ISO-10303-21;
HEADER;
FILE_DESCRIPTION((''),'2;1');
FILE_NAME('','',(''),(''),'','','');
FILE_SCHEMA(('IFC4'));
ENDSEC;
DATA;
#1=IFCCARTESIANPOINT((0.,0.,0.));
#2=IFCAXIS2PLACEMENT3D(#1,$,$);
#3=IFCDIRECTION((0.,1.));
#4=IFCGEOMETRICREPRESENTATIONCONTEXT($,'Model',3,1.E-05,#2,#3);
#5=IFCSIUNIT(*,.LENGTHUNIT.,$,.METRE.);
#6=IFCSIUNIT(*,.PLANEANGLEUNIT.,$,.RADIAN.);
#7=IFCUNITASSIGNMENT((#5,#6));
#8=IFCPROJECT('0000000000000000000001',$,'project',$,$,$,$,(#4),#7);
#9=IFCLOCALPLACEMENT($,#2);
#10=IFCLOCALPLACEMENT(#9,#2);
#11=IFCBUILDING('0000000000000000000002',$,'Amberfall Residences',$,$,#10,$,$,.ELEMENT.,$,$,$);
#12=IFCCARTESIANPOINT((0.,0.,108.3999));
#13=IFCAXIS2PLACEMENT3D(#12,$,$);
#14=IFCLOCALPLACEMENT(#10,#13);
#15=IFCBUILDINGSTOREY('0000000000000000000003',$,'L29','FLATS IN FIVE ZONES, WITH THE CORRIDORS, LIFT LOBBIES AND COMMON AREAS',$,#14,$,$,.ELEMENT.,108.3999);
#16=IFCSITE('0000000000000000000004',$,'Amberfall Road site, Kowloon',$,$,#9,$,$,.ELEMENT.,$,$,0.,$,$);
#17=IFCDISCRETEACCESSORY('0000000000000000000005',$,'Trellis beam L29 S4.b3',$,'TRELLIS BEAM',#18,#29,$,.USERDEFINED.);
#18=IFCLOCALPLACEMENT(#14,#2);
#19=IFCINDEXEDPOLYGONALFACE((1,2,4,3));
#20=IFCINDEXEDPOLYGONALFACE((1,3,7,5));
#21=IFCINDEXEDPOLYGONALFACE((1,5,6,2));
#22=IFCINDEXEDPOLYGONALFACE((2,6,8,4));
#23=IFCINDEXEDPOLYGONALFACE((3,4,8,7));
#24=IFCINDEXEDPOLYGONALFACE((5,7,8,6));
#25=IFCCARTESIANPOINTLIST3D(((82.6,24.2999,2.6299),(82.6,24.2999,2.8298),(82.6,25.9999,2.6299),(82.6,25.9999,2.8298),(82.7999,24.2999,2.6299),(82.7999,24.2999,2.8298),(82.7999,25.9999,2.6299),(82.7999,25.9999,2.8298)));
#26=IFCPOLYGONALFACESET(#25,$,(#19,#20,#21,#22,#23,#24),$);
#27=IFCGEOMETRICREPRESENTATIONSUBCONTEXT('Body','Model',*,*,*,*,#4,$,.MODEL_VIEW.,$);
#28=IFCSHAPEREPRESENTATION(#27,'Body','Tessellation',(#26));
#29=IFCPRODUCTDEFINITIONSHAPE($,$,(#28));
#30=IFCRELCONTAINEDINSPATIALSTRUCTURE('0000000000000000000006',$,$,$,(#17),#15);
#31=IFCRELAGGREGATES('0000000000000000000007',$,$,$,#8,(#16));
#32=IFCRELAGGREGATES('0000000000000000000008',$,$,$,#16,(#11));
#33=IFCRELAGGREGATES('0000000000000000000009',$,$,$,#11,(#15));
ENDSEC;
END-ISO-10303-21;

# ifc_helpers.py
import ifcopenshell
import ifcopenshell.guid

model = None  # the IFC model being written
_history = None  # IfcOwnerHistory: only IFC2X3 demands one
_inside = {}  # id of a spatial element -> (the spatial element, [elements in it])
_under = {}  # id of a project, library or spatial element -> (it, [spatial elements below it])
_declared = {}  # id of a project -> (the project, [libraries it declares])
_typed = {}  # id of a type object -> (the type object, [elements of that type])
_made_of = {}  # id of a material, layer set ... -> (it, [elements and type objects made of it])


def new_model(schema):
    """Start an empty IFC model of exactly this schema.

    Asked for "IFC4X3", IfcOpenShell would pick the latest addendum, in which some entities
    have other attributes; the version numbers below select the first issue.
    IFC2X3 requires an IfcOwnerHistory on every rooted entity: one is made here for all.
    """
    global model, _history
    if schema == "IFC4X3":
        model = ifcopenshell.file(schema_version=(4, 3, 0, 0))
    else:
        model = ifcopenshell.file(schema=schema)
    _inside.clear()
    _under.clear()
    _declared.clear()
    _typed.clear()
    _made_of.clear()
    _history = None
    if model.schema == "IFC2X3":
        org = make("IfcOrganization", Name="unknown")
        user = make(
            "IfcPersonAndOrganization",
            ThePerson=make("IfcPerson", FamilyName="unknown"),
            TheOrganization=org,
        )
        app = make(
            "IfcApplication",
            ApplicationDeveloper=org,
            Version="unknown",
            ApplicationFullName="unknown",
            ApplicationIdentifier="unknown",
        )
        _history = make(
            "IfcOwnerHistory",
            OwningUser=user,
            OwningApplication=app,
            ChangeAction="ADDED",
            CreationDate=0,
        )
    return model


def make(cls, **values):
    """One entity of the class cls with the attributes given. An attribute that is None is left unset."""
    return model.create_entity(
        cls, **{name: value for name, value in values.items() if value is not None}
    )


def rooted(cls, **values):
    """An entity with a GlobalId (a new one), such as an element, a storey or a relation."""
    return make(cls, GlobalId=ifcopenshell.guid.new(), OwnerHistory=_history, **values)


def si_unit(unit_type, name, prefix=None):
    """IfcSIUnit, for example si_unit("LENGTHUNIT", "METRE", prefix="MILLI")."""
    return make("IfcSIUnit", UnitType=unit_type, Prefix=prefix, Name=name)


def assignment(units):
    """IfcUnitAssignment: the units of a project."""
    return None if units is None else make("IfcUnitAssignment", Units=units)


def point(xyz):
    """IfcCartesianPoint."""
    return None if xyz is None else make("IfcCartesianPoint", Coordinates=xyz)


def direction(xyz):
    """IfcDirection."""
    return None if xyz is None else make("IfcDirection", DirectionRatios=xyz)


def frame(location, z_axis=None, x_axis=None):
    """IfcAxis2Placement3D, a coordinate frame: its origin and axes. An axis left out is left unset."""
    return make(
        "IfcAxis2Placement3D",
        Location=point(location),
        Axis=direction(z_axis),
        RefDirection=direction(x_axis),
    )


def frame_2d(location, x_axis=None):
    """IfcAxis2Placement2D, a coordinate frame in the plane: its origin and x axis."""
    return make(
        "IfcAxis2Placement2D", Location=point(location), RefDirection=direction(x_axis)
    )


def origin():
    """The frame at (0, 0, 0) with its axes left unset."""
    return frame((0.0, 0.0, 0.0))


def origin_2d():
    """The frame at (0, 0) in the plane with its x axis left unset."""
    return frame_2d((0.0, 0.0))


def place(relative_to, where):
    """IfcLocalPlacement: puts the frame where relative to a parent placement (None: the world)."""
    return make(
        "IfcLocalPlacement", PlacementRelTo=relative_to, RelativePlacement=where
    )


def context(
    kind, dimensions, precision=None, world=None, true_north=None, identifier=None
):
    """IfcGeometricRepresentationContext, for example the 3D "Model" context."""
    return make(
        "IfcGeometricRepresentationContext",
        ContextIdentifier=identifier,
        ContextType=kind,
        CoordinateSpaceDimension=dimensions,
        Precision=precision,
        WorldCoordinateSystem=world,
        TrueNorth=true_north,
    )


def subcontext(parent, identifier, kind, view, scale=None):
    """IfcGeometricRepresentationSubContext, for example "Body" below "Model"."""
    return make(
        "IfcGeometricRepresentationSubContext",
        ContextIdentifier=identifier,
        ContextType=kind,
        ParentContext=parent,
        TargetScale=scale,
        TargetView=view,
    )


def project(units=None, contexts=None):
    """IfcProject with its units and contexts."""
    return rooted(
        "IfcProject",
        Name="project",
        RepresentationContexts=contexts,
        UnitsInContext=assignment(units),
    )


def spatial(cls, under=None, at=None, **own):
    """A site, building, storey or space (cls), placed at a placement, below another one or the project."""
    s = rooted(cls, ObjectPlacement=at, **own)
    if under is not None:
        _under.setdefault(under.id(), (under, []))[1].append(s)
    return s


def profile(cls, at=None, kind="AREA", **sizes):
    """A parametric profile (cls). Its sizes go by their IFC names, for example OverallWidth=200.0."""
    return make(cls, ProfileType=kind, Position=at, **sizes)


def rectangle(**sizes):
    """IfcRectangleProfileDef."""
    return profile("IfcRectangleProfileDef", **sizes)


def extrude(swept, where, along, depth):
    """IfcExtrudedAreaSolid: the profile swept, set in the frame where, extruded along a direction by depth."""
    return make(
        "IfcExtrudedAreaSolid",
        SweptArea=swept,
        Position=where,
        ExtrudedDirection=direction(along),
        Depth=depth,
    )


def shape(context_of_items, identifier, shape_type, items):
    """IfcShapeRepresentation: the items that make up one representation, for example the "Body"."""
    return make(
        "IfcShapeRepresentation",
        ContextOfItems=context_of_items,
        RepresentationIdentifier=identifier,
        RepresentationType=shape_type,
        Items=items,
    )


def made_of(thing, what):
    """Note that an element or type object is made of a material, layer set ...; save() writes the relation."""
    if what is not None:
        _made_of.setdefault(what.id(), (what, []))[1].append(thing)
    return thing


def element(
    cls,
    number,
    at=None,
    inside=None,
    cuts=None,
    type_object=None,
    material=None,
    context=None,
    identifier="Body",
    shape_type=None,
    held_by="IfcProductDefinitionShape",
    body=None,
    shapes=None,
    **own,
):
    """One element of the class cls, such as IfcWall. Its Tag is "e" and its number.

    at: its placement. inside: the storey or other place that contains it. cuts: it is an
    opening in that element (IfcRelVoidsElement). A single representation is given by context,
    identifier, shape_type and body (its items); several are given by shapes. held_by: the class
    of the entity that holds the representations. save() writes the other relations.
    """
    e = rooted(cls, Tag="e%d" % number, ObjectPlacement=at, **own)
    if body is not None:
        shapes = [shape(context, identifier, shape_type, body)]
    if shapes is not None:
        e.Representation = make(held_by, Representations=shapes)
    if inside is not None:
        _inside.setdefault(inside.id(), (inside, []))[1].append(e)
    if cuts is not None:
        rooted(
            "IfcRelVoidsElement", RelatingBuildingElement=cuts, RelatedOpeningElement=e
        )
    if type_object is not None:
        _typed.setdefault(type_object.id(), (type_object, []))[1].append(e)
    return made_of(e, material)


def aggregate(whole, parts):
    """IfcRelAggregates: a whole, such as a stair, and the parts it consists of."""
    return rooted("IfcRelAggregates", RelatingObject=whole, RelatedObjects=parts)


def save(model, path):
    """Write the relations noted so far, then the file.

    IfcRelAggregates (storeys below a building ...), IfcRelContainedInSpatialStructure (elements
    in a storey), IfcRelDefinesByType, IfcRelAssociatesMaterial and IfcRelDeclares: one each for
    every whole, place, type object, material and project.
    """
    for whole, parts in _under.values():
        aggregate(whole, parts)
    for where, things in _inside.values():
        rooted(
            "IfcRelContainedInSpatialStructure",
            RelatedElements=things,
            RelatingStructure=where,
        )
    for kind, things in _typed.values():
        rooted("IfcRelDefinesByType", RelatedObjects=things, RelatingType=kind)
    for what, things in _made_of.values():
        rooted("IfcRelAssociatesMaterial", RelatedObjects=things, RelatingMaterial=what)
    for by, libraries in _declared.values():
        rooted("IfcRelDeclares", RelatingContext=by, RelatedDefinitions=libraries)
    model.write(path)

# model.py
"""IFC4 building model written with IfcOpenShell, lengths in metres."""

from ifc_helpers import new_model, si_unit, direction, frame, origin, origin_2d, place, context, subcontext, project, spatial, rectangle, extrude, element, save


model = new_model("IFC4")

# Units and contexts
model_context = context("Model", 3, precision=1e-05, world=origin(), true_north=direction((0.0, 1.0)))
body_context = subcontext(model_context, "Body", "Model", "MODEL_VIEW")
ifc_project = project(units=[si_unit("LENGTHUNIT", "METRE"), si_unit("PLANEANGLEUNIT", "RADIAN")], contexts=[model_context])

# Site, building, storey
site_placement = place(None, origin())
site = spatial("IfcSite", under=ifc_project, at=site_placement, Name="Amberfall Road site, Kowloon", CompositionType="ELEMENT", RefElevation=0.0)
building_placement = place(site_placement, origin())
building = spatial("IfcBuilding", under=site, at=building_placement, Name="Amberfall Residences", CompositionType="ELEMENT")
storey_placement = place(building_placement, frame((0.0, 0.0, 108.3999)))
storey = spatial("IfcBuildingStorey", under=building, at=storey_placement, Name="L29", Description="FLATS IN FIVE ZONES, WITH THE CORRIDORS, LIFT LOBBIES AND COMMON AREAS", CompositionType="ELEMENT", Elevation=108.3999)

# Discrete accessory
for number, where, z_axis, x_axis, name in (
    (1, (82.7, 25.1499, 2.6299), (0.0, 0.0, 1.0), (0.0, 1.0, 0.0), "Trellis beam L29 S4.b3"),
):
    element("IfcDiscreteAccessory", number, at=place(storey_placement, frame(where, z_axis=z_axis, x_axis=x_axis)), inside=storey, Name=name, ObjectType="TRELLIS BEAM", PredefinedType="USERDEFINED", context=body_context, shape_type="SweptSolid", body=[
        extrude(rectangle(XDim=1.7, YDim=0.2, at=origin_2d()), origin(), (0.0, 0.0, 1.0), 0.2),
    ])

save(model, "model.ifc")
